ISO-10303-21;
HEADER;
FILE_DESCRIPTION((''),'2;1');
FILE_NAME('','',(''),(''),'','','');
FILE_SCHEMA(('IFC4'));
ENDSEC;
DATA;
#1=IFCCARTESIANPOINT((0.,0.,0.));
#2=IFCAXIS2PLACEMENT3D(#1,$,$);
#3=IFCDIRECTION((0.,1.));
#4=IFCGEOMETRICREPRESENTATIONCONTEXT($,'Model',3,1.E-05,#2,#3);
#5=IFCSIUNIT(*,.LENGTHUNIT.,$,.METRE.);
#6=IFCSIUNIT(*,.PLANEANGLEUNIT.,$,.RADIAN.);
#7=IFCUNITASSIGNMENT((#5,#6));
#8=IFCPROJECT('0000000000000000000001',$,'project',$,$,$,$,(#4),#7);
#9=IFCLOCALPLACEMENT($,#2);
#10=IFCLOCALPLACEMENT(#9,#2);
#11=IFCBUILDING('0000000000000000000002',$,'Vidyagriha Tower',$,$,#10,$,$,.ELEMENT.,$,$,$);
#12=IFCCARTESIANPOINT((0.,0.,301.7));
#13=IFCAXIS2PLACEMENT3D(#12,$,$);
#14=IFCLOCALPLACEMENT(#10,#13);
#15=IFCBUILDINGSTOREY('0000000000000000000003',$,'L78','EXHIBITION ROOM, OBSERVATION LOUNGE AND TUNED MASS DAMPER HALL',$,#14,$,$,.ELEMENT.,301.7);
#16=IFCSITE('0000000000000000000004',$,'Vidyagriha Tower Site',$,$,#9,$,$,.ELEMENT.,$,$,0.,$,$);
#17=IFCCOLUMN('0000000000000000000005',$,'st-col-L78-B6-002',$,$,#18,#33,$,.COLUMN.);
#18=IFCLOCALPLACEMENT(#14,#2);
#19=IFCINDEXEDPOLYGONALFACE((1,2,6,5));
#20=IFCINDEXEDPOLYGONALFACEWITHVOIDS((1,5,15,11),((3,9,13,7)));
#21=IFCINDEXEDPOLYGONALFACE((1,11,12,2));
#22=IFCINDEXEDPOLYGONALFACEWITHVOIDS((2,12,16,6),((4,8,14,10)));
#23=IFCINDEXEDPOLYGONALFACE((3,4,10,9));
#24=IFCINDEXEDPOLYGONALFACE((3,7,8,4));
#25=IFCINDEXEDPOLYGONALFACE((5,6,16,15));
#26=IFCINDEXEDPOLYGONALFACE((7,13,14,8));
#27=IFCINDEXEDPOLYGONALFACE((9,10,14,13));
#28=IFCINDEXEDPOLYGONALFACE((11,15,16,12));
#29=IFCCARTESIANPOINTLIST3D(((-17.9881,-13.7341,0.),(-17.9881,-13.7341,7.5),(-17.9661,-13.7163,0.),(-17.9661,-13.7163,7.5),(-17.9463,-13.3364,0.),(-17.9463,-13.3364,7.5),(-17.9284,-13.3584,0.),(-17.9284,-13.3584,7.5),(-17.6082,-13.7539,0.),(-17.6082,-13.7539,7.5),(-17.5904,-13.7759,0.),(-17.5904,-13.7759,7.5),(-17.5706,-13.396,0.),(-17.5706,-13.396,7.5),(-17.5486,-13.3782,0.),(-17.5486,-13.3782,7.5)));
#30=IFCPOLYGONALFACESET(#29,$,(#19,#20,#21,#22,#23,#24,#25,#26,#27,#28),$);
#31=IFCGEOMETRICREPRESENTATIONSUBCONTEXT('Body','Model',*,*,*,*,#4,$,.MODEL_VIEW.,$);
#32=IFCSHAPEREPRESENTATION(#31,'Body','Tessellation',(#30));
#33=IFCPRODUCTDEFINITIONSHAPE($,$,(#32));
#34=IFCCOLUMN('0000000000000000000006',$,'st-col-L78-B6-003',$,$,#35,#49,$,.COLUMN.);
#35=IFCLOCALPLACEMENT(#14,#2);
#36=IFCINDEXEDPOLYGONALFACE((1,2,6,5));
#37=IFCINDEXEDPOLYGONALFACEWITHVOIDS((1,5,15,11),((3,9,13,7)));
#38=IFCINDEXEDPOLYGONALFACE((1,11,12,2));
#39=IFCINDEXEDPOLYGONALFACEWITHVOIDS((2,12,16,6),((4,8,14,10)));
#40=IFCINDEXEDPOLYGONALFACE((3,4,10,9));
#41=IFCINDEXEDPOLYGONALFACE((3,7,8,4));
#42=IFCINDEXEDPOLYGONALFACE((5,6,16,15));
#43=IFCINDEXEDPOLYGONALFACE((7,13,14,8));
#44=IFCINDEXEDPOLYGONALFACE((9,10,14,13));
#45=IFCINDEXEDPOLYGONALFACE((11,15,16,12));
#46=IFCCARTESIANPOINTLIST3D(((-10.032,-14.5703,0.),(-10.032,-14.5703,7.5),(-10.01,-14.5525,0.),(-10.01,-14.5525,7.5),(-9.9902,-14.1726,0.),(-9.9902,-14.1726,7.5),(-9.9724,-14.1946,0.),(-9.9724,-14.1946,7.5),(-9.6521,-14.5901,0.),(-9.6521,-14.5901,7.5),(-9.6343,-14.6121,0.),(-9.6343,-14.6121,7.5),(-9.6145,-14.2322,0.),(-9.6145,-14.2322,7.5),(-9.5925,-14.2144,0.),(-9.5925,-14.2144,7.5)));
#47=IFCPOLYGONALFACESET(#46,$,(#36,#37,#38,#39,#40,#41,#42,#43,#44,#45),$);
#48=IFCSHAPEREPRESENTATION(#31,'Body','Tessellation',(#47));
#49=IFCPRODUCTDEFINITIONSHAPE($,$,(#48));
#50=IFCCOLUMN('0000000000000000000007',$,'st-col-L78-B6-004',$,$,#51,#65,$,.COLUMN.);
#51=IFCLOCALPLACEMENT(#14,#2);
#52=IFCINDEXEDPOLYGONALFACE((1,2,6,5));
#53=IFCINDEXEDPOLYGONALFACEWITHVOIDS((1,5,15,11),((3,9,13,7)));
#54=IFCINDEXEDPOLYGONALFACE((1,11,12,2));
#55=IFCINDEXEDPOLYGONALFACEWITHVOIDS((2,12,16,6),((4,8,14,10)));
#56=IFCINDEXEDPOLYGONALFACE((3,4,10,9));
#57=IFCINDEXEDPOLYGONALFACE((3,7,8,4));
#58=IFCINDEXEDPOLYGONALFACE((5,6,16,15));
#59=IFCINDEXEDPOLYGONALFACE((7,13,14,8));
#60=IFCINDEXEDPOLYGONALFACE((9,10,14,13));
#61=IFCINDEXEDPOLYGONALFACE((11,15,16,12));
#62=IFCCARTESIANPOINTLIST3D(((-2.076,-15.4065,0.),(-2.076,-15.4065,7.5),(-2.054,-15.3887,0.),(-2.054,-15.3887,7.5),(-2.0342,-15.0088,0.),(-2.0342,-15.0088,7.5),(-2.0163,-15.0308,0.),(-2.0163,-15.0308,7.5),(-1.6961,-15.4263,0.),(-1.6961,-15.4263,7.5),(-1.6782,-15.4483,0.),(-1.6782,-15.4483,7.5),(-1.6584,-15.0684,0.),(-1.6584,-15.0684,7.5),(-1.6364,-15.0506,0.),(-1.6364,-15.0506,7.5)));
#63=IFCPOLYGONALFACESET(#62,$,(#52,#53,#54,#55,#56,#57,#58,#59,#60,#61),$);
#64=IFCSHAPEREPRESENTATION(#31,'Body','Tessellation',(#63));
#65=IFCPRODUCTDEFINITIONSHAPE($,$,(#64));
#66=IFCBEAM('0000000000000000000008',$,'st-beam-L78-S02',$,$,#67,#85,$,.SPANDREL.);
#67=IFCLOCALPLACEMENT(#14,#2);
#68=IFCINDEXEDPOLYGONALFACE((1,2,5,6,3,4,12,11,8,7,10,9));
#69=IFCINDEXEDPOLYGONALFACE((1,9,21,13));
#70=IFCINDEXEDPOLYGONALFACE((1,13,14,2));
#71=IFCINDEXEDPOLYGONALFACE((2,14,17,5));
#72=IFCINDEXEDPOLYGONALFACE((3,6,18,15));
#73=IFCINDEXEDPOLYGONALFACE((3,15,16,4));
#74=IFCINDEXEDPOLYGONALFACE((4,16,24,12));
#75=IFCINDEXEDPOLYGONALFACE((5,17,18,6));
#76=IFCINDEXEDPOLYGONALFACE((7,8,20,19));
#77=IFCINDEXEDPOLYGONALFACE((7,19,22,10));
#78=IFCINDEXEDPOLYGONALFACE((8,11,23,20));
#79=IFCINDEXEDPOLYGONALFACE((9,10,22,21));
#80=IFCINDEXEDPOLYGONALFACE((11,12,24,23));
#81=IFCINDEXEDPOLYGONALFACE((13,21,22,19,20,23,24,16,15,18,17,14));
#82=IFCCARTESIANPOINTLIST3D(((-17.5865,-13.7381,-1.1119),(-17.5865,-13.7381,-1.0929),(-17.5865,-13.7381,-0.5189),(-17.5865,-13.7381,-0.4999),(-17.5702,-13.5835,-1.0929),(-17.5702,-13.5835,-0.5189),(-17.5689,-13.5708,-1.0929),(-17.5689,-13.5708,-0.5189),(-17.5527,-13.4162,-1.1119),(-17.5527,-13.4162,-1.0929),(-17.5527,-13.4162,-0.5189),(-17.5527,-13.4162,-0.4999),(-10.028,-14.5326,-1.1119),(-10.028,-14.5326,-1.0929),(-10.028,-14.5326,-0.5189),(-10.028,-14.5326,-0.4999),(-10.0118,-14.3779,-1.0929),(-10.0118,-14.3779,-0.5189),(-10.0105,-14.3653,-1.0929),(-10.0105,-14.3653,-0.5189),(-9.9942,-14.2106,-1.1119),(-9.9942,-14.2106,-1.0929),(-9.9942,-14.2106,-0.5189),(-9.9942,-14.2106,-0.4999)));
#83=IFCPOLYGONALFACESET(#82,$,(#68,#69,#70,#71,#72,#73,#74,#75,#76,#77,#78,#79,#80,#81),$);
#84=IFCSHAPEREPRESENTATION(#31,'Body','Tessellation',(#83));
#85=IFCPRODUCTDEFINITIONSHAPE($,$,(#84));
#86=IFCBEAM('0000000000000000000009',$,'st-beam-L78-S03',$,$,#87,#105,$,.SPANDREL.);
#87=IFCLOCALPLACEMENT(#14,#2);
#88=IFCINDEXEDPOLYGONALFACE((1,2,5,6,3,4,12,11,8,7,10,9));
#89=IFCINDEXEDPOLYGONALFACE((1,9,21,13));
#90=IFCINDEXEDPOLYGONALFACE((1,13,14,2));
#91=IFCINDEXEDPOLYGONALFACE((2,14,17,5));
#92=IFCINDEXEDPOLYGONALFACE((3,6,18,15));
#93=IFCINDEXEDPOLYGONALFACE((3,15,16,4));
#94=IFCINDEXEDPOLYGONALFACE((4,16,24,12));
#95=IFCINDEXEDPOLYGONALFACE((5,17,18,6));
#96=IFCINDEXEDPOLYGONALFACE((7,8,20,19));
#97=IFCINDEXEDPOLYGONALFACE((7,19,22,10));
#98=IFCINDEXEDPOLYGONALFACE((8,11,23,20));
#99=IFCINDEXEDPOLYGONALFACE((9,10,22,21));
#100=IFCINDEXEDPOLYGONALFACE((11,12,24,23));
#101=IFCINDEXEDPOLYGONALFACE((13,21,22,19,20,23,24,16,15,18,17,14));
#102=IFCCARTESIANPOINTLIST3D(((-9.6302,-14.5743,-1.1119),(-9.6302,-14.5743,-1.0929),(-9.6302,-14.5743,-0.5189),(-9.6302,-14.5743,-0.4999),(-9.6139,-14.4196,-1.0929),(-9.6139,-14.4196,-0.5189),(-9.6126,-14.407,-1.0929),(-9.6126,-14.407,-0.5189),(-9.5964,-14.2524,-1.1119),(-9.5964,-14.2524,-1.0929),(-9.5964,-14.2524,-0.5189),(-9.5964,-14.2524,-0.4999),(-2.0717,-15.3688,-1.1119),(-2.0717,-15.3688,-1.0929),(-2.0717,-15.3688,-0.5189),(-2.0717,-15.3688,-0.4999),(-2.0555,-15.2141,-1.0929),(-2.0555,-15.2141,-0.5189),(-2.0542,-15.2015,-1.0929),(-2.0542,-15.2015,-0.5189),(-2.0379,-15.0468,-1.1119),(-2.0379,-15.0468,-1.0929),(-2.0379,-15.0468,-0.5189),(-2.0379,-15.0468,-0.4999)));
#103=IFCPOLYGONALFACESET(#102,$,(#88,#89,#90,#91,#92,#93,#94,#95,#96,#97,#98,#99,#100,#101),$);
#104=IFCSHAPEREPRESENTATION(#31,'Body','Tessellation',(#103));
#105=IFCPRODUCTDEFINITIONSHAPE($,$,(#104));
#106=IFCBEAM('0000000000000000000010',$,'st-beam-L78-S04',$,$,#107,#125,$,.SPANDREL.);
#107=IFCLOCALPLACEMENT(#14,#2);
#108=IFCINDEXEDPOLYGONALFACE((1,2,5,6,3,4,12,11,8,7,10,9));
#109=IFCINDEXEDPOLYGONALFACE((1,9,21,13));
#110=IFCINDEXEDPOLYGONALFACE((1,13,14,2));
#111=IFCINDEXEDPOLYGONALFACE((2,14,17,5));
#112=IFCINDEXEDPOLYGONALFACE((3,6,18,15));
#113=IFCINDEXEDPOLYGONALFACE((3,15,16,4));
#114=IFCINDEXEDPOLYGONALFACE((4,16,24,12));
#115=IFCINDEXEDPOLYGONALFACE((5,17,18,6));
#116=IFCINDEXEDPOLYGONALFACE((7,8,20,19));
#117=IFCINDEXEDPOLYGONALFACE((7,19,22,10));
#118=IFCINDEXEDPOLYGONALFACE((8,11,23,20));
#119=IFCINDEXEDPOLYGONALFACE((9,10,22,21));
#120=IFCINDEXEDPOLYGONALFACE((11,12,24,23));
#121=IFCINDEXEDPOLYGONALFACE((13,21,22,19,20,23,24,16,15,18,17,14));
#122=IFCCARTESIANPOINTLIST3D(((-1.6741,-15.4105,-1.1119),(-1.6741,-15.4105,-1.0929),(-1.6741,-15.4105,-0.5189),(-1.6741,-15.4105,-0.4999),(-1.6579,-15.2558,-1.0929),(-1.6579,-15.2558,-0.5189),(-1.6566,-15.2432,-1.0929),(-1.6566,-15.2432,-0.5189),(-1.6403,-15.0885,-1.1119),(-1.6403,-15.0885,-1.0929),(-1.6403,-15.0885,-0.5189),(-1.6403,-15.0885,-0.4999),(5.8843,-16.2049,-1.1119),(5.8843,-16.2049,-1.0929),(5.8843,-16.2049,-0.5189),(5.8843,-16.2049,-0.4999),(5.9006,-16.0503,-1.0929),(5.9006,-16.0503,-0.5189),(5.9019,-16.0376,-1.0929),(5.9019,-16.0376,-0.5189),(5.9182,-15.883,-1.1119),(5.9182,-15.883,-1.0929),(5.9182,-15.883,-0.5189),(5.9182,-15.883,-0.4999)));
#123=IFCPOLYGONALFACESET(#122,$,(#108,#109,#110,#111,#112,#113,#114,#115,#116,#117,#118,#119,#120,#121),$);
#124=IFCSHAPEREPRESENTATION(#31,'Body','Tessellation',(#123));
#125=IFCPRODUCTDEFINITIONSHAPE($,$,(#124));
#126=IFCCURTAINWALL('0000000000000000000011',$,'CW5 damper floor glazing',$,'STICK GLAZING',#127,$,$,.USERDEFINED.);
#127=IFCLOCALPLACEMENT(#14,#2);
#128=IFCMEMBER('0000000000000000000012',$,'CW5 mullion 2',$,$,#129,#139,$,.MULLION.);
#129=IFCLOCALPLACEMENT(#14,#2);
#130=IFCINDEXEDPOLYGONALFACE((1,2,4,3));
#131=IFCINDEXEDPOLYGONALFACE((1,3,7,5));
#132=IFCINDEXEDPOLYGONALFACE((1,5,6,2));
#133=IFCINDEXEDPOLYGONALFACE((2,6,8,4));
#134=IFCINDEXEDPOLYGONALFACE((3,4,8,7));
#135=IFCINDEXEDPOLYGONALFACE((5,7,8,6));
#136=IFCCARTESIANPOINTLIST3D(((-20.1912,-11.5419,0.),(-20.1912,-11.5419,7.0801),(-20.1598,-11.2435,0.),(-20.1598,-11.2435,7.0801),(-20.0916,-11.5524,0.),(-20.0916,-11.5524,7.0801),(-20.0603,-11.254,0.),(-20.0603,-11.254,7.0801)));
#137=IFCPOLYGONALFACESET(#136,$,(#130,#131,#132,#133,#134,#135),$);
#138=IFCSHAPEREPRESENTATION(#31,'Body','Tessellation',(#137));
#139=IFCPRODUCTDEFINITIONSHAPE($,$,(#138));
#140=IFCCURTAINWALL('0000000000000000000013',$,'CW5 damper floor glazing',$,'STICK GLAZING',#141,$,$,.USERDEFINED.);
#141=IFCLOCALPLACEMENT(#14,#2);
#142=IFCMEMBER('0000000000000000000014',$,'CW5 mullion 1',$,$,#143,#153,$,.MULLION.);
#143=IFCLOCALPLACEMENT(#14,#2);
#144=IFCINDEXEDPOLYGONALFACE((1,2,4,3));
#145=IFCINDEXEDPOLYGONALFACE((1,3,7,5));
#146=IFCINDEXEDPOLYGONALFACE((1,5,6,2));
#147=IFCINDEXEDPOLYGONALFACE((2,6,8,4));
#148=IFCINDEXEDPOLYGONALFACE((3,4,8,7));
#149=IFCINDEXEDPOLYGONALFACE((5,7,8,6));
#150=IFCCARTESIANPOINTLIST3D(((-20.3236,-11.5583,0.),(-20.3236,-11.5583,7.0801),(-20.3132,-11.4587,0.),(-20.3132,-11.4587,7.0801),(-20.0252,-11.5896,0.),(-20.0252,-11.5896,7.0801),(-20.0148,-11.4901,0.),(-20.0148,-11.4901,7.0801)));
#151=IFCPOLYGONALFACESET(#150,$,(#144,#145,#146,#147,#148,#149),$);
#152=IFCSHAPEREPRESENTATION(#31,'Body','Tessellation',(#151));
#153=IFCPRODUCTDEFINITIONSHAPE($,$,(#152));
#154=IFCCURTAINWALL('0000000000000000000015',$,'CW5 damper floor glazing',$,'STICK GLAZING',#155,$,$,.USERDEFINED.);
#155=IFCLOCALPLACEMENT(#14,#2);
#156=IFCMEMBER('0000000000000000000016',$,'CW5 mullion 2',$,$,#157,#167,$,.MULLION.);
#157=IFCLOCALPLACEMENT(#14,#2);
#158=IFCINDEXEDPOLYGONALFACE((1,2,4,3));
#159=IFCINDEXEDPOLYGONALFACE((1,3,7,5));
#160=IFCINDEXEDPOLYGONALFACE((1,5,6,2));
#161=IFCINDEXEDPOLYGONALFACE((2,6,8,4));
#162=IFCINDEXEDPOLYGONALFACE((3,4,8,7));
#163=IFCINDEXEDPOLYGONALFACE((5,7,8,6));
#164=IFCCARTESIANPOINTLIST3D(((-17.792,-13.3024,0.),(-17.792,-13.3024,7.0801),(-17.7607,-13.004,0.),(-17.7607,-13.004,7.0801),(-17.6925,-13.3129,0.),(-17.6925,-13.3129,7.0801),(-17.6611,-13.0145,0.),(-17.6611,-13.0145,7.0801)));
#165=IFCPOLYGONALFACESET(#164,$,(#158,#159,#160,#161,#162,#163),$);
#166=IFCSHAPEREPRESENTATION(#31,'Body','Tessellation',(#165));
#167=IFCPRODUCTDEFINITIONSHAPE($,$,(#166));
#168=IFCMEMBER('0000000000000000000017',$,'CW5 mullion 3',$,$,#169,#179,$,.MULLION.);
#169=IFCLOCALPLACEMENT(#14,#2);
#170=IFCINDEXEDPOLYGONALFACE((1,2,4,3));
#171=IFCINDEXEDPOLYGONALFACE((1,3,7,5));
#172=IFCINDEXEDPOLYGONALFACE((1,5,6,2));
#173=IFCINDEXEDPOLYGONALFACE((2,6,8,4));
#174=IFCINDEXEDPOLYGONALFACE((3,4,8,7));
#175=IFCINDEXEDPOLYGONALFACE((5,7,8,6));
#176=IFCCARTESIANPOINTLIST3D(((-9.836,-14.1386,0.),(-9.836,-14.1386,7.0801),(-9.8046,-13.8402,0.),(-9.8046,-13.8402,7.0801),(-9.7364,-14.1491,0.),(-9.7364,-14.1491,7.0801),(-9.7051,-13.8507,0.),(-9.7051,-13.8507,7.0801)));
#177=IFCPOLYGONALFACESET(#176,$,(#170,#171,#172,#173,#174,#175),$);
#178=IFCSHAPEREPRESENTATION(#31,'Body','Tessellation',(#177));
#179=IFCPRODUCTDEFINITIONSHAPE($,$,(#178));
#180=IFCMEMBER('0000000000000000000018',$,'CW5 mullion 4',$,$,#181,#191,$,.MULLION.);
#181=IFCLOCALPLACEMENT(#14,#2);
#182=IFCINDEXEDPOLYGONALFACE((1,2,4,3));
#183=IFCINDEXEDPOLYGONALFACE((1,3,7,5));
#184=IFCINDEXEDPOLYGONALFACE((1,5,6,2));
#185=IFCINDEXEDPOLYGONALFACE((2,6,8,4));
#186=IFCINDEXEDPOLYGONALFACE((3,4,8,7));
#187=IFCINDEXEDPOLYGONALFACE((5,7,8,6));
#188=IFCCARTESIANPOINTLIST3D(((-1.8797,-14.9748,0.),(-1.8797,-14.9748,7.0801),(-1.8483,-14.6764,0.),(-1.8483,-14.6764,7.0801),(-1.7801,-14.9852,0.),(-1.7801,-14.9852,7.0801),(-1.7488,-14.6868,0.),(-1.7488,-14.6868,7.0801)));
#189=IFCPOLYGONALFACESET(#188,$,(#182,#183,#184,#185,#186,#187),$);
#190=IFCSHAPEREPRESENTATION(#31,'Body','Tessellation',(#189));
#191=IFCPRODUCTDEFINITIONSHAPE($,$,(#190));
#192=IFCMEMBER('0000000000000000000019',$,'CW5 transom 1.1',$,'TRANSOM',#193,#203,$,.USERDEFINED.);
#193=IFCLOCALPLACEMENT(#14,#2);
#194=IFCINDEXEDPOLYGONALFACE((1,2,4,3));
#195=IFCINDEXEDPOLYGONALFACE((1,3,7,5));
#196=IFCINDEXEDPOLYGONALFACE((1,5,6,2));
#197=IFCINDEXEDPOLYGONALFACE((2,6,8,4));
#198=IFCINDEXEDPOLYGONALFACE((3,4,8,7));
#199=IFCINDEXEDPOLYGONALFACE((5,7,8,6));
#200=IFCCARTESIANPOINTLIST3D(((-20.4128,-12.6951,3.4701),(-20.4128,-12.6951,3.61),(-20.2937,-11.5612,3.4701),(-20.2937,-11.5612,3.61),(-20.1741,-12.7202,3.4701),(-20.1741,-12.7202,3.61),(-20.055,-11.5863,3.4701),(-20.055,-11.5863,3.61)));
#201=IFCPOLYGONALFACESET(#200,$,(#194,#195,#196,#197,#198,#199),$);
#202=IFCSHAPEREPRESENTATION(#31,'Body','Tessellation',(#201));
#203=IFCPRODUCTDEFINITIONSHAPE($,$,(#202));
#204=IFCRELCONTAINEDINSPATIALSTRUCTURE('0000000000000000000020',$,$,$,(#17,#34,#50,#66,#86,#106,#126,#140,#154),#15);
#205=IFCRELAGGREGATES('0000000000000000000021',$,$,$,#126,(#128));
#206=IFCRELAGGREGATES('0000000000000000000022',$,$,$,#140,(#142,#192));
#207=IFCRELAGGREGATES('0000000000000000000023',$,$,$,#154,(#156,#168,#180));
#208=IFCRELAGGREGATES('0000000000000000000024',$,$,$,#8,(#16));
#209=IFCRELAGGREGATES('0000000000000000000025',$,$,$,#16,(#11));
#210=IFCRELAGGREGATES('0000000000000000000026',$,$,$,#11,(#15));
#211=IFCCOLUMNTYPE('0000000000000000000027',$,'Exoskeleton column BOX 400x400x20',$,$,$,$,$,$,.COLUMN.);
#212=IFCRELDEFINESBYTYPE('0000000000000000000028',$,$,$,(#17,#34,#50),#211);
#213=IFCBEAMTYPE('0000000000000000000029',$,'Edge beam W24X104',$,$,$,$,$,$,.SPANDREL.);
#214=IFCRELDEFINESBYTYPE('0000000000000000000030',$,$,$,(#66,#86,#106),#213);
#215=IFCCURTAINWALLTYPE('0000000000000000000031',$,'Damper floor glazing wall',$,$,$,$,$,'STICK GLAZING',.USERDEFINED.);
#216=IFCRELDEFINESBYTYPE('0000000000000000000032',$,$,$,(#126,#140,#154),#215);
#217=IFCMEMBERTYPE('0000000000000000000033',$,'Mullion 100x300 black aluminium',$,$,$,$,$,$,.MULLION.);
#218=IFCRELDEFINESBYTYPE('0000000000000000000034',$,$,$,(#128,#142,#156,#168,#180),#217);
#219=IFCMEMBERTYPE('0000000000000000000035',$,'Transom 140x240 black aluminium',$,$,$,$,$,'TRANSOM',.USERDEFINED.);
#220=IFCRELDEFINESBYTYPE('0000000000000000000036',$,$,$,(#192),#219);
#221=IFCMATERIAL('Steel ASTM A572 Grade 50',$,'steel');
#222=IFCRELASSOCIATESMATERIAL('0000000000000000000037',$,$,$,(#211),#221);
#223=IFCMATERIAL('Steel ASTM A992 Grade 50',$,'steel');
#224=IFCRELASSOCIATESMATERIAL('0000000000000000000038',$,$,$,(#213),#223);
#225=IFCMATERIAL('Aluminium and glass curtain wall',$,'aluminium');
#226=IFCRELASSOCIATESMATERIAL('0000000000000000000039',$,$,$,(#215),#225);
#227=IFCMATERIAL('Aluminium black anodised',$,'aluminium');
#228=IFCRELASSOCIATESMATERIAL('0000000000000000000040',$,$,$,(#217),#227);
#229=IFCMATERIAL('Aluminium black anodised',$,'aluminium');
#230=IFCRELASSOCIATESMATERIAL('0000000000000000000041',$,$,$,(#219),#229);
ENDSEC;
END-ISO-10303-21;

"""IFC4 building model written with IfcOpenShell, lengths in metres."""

from ifc_helpers import new_model, si_unit, direction, frame, origin, origin_2d, place, context, subcontext, project, spatial, rectangle, hollow_rectangle, i_section, extrude, material, material_profile, profile_set, type_object, element, aggregate, save


model = new_model("IFC4")

# Units and contexts
model_context = context("Model", 3, precision=1e-05, world=origin(), true_north=direction((0.0, 1.0)))
body_context = subcontext(model_context, "Body", "Model", "MODEL_VIEW")
ifc_project = project(units=[si_unit("LENGTHUNIT", "METRE"), si_unit("PLANEANGLEUNIT", "RADIAN")], contexts=[model_context])

# Site, building, storey
site_placement = place(None, origin())
site = spatial("IfcSite", under=ifc_project, at=site_placement, Name="Vidyagriha Tower Site", CompositionType="ELEMENT", RefElevation=0.0)
building_placement = place(site_placement, origin())
building = spatial("IfcBuilding", under=site, at=building_placement, Name="Vidyagriha Tower", CompositionType="ELEMENT")
storey_placement = place(building_placement, frame((0.0, 0.0, 301.7)))
storey = spatial("IfcBuildingStorey", under=building, at=storey_placement, Name="L78", Description="EXHIBITION ROOM, OBSERVATION LOUNGE AND TUNED MASS DAMPER HALL", CompositionType="ELEMENT", Elevation=301.7)

# Columns
ifc_material_1 = material(Name="Steel ASTM A572 Grade 50", Category="steel")
ifc_material_profile_1 = material_profile(ifc_material_1, hollow_rectangle(XDim=0.3999, YDim=0.3999, WallThickness=0.02, at=origin_2d()), Name="BOX 400x400x20")
ifc_profile_set_1 = profile_set([ifc_material_profile_1], Name="Steel ASTM A572 Grade 50")
column_type = type_object("IfcColumnType", Name="Exoskeleton column BOX 400x400x20", PredefinedType="COLUMN", material=ifc_profile_set_1)
for number, where, z_axis, x_axis, name in (
    (1, (-17.7683, -13.5562, 0.0), (0.0, 0.0, 1.0), (0.994522, -0.104528, 0.0), "st-col-L78-B6-002"),
    (2, (-9.8123, -14.3923, 0.0), (0.0, 0.0, 1.0), (0.994522, -0.104528, 0.0), "st-col-L78-B6-003"),
    (3, (-1.8562, -15.2285, 0.0), (0.0, 0.0, 1.0), (0.994522, -0.104528, 0.0), "st-col-L78-B6-004"),
):
    element("IfcColumn", number, at=place(storey_placement, frame(where, z_axis=z_axis, x_axis=x_axis)), inside=storey, type_object=column_type, Name=name, PredefinedType="COLUMN", context=body_context, shape_type="SweptSolid", body=[
        extrude(hollow_rectangle(XDim=0.3999, YDim=0.3999, WallThickness=0.02, at=origin_2d()), origin(), (0.0, 0.0, 1.0), 7.5),
    ])

# Beams
ifc_material_2 = material(Name="Steel ASTM A992 Grade 50", Category="steel")
ifc_material_profile_2 = material_profile(ifc_material_2, i_section(OverallWidth=0.3237, OverallDepth=0.6121, WebThickness=0.0127, FlangeThickness=0.019, at=origin_2d()), Name="W24X104")
ifc_profile_set_2 = profile_set([ifc_material_profile_2], Name="Steel ASTM A992 Grade 50")
beam_type = type_object("IfcBeamType", Name="Edge beam W24X104", PredefinedType="SPANDREL", material=ifc_profile_set_2)
for number, where, z_axis, x_axis, name in (
    (4, (-17.5696, -13.5771, -0.8059), (0.994522, -0.104531, 0.0), (0.104531, 0.994522, 0.0), "st-beam-L78-S02"),
    (5, (-9.6133, -14.4133, -0.8059), (0.994522, -0.104531, 0.0), (0.104531, 0.994522, 0.0), "st-beam-L78-S03"),
    (6, (-1.6572, -15.2495, -0.8059), (0.994522, -0.104531, 0.0), (0.104531, 0.994522, 0.0), "st-beam-L78-S04"),
):
    element("IfcBeam", number, at=place(storey_placement, frame(where, z_axis=z_axis, x_axis=x_axis)), inside=storey, type_object=beam_type, Name=name, PredefinedType="SPANDREL", context=body_context, shape_type="SweptSolid", body=[
        extrude(i_section(OverallWidth=0.3237, OverallDepth=0.6121, WebThickness=0.0127, FlangeThickness=0.019, at=origin_2d()), origin(), (0.0, 0.0, 1.0), 7.6001),
    ])

# Curtain walls, members
ifc_material_3 = material(Name="Aluminium and glass curtain wall", Category="aluminium")
curtain_wall_type = type_object("IfcCurtainWallType", Name="Damper floor glazing wall", ElementType="STICK GLAZING", PredefinedType="USERDEFINED", material=ifc_material_3)
curtain_wall_1_placement = place(storey_placement, origin())
curtain_wall_1 = element("IfcCurtainWall", 7, at=curtain_wall_1_placement, inside=storey, type_object=curtain_wall_type, Name="CW5 damper floor glazing", ObjectType="STICK GLAZING", PredefinedType="USERDEFINED")
ifc_material_4 = material(Name="Aluminium black anodised", Category="aluminium")
ifc_material_profile_3 = material_profile(ifc_material_4, rectangle(XDim=0.3, YDim=0.1001, at=origin_2d()), Name="Mullion 100x300 black aluminium")
ifc_profile_set_3 = profile_set([ifc_material_profile_3], Name="Aluminium black anodised")
member_type_1 = type_object("IfcMemberType", Name="Mullion 100x300 black aluminium", PredefinedType="MULLION", material=ifc_profile_set_3)
member_1_placement = place(storey_placement, frame((-20.1257, -11.3979, 0.0), z_axis=(0.0, 0.0, 1.0), x_axis=(0.104519, 0.994523, 0.0)))
member_1 = element("IfcMember", 8, at=member_1_placement, type_object=member_type_1, Name="CW5 mullion 2", PredefinedType="MULLION", context=body_context, shape_type="SweptSolid", body=[
    extrude(rectangle(XDim=0.3, YDim=0.1001, at=origin_2d()), origin(), (0.0, 0.0, 1.0), 7.0801),
])
aggregate(curtain_wall_1, [member_1])
curtain_wall_2_placement = place(storey_placement, origin())
curtain_wall_2 = element("IfcCurtainWall", 9, at=curtain_wall_2_placement, inside=storey, type_object=curtain_wall_type, Name="CW5 damper floor glazing", ObjectType="STICK GLAZING", PredefinedType="USERDEFINED")
member_2_placement = place(storey_placement, frame((-20.1692, -11.5242, 0.0), z_axis=(0.0, 0.0, 1.0), x_axis=(0.994519, -0.104557, 0.0)))
member_2 = element("IfcMember", 10, at=member_2_placement, type_object=member_type_1, Name="CW5 mullion 1", PredefinedType="MULLION", context=body_context, shape_type="SweptSolid", body=[
    extrude(rectangle(XDim=0.3, YDim=0.1001, at=origin_2d()), origin(), (0.0, 0.0, 1.0), 7.0801),
])

# Curtain wall, members
curtain_wall_3_placement = place(storey_placement, origin())
curtain_wall_3 = element("IfcCurtainWall", 11, at=curtain_wall_3_placement, inside=storey, type_object=curtain_wall_type, Name="CW5 damper floor glazing", ObjectType="STICK GLAZING", PredefinedType="USERDEFINED")
member_3_placement = place(storey_placement, frame((-17.7266, -13.1584, 0.0), z_axis=(0.0, 0.0, 1.0), x_axis=(0.104528, 0.994522, 0.0)))
member_3 = element("IfcMember", 12, at=member_3_placement, type_object=member_type_1, Name="CW5 mullion 2", PredefinedType="MULLION", context=body_context, shape_type="SweptSolid", body=[
    extrude(rectangle(XDim=0.3, YDim=0.1001, at=origin_2d()), origin(), (0.0, 0.0, 1.0), 7.0801),
])
member_4_placement = place(storey_placement, frame((-9.7705, -13.9946, 0.0), z_axis=(0.0, 0.0, 1.0), x_axis=(0.104528, 0.994522, 0.0)))
member_4 = element("IfcMember", 13, at=member_4_placement, type_object=member_type_1, Name="CW5 mullion 3", PredefinedType="MULLION", context=body_context, shape_type="SweptSolid", body=[
    extrude(rectangle(XDim=0.3, YDim=0.1001, at=origin_2d()), origin(), (0.0, 0.0, 1.0), 7.0801),
])
member_5_placement = place(storey_placement, frame((-1.8142, -14.8308, 0.0), z_axis=(0.0, 0.0, 1.0), x_axis=(0.104528, 0.994522, 0.0)))
member_5 = element("IfcMember", 14, at=member_5_placement, type_object=member_type_1, Name="CW5 mullion 4", PredefinedType="MULLION", context=body_context, shape_type="SweptSolid", body=[
    extrude(rectangle(XDim=0.3, YDim=0.1001, at=origin_2d()), origin(), (0.0, 0.0, 1.0), 7.0801),
])

# Member
ifc_material_5 = material(Name="Aluminium black anodised", Category="aluminium")
ifc_material_profile_4 = material_profile(ifc_material_5, rectangle(XDim=0.24, YDim=0.1399, at=origin_2d()), Name="Transom 140x240 black aluminium")
ifc_profile_set_4 = profile_set([ifc_material_profile_4], Name="Aluminium black anodised")
member_type_2 = type_object("IfcMemberType", Name="Transom 140x240 black aluminium", ElementType="TRANSOM", PredefinedType="USERDEFINED", material=ifc_profile_set_4)
member_6_placement = place(storey_placement, frame((-20.1743, -11.5737, 3.54), z_axis=(-0.104506, -0.994524, 0.0), x_axis=(0.994524, -0.104506, 0.0)))
member_6 = element("IfcMember", 15, at=member_6_placement, type_object=member_type_2, Name="CW5 transom 1.1", ObjectType="TRANSOM", PredefinedType="USERDEFINED", context=body_context, shape_type="SweptSolid", body=[
    extrude(rectangle(XDim=0.24, YDim=0.1399, at=origin_2d()), origin(), (0.0, 0.0, 1.0), 1.1401),
])

aggregate(curtain_wall_2, [member_2, member_6])
aggregate(curtain_wall_3, [member_3, member_4, member_5])

save(model, "model.ifc")
